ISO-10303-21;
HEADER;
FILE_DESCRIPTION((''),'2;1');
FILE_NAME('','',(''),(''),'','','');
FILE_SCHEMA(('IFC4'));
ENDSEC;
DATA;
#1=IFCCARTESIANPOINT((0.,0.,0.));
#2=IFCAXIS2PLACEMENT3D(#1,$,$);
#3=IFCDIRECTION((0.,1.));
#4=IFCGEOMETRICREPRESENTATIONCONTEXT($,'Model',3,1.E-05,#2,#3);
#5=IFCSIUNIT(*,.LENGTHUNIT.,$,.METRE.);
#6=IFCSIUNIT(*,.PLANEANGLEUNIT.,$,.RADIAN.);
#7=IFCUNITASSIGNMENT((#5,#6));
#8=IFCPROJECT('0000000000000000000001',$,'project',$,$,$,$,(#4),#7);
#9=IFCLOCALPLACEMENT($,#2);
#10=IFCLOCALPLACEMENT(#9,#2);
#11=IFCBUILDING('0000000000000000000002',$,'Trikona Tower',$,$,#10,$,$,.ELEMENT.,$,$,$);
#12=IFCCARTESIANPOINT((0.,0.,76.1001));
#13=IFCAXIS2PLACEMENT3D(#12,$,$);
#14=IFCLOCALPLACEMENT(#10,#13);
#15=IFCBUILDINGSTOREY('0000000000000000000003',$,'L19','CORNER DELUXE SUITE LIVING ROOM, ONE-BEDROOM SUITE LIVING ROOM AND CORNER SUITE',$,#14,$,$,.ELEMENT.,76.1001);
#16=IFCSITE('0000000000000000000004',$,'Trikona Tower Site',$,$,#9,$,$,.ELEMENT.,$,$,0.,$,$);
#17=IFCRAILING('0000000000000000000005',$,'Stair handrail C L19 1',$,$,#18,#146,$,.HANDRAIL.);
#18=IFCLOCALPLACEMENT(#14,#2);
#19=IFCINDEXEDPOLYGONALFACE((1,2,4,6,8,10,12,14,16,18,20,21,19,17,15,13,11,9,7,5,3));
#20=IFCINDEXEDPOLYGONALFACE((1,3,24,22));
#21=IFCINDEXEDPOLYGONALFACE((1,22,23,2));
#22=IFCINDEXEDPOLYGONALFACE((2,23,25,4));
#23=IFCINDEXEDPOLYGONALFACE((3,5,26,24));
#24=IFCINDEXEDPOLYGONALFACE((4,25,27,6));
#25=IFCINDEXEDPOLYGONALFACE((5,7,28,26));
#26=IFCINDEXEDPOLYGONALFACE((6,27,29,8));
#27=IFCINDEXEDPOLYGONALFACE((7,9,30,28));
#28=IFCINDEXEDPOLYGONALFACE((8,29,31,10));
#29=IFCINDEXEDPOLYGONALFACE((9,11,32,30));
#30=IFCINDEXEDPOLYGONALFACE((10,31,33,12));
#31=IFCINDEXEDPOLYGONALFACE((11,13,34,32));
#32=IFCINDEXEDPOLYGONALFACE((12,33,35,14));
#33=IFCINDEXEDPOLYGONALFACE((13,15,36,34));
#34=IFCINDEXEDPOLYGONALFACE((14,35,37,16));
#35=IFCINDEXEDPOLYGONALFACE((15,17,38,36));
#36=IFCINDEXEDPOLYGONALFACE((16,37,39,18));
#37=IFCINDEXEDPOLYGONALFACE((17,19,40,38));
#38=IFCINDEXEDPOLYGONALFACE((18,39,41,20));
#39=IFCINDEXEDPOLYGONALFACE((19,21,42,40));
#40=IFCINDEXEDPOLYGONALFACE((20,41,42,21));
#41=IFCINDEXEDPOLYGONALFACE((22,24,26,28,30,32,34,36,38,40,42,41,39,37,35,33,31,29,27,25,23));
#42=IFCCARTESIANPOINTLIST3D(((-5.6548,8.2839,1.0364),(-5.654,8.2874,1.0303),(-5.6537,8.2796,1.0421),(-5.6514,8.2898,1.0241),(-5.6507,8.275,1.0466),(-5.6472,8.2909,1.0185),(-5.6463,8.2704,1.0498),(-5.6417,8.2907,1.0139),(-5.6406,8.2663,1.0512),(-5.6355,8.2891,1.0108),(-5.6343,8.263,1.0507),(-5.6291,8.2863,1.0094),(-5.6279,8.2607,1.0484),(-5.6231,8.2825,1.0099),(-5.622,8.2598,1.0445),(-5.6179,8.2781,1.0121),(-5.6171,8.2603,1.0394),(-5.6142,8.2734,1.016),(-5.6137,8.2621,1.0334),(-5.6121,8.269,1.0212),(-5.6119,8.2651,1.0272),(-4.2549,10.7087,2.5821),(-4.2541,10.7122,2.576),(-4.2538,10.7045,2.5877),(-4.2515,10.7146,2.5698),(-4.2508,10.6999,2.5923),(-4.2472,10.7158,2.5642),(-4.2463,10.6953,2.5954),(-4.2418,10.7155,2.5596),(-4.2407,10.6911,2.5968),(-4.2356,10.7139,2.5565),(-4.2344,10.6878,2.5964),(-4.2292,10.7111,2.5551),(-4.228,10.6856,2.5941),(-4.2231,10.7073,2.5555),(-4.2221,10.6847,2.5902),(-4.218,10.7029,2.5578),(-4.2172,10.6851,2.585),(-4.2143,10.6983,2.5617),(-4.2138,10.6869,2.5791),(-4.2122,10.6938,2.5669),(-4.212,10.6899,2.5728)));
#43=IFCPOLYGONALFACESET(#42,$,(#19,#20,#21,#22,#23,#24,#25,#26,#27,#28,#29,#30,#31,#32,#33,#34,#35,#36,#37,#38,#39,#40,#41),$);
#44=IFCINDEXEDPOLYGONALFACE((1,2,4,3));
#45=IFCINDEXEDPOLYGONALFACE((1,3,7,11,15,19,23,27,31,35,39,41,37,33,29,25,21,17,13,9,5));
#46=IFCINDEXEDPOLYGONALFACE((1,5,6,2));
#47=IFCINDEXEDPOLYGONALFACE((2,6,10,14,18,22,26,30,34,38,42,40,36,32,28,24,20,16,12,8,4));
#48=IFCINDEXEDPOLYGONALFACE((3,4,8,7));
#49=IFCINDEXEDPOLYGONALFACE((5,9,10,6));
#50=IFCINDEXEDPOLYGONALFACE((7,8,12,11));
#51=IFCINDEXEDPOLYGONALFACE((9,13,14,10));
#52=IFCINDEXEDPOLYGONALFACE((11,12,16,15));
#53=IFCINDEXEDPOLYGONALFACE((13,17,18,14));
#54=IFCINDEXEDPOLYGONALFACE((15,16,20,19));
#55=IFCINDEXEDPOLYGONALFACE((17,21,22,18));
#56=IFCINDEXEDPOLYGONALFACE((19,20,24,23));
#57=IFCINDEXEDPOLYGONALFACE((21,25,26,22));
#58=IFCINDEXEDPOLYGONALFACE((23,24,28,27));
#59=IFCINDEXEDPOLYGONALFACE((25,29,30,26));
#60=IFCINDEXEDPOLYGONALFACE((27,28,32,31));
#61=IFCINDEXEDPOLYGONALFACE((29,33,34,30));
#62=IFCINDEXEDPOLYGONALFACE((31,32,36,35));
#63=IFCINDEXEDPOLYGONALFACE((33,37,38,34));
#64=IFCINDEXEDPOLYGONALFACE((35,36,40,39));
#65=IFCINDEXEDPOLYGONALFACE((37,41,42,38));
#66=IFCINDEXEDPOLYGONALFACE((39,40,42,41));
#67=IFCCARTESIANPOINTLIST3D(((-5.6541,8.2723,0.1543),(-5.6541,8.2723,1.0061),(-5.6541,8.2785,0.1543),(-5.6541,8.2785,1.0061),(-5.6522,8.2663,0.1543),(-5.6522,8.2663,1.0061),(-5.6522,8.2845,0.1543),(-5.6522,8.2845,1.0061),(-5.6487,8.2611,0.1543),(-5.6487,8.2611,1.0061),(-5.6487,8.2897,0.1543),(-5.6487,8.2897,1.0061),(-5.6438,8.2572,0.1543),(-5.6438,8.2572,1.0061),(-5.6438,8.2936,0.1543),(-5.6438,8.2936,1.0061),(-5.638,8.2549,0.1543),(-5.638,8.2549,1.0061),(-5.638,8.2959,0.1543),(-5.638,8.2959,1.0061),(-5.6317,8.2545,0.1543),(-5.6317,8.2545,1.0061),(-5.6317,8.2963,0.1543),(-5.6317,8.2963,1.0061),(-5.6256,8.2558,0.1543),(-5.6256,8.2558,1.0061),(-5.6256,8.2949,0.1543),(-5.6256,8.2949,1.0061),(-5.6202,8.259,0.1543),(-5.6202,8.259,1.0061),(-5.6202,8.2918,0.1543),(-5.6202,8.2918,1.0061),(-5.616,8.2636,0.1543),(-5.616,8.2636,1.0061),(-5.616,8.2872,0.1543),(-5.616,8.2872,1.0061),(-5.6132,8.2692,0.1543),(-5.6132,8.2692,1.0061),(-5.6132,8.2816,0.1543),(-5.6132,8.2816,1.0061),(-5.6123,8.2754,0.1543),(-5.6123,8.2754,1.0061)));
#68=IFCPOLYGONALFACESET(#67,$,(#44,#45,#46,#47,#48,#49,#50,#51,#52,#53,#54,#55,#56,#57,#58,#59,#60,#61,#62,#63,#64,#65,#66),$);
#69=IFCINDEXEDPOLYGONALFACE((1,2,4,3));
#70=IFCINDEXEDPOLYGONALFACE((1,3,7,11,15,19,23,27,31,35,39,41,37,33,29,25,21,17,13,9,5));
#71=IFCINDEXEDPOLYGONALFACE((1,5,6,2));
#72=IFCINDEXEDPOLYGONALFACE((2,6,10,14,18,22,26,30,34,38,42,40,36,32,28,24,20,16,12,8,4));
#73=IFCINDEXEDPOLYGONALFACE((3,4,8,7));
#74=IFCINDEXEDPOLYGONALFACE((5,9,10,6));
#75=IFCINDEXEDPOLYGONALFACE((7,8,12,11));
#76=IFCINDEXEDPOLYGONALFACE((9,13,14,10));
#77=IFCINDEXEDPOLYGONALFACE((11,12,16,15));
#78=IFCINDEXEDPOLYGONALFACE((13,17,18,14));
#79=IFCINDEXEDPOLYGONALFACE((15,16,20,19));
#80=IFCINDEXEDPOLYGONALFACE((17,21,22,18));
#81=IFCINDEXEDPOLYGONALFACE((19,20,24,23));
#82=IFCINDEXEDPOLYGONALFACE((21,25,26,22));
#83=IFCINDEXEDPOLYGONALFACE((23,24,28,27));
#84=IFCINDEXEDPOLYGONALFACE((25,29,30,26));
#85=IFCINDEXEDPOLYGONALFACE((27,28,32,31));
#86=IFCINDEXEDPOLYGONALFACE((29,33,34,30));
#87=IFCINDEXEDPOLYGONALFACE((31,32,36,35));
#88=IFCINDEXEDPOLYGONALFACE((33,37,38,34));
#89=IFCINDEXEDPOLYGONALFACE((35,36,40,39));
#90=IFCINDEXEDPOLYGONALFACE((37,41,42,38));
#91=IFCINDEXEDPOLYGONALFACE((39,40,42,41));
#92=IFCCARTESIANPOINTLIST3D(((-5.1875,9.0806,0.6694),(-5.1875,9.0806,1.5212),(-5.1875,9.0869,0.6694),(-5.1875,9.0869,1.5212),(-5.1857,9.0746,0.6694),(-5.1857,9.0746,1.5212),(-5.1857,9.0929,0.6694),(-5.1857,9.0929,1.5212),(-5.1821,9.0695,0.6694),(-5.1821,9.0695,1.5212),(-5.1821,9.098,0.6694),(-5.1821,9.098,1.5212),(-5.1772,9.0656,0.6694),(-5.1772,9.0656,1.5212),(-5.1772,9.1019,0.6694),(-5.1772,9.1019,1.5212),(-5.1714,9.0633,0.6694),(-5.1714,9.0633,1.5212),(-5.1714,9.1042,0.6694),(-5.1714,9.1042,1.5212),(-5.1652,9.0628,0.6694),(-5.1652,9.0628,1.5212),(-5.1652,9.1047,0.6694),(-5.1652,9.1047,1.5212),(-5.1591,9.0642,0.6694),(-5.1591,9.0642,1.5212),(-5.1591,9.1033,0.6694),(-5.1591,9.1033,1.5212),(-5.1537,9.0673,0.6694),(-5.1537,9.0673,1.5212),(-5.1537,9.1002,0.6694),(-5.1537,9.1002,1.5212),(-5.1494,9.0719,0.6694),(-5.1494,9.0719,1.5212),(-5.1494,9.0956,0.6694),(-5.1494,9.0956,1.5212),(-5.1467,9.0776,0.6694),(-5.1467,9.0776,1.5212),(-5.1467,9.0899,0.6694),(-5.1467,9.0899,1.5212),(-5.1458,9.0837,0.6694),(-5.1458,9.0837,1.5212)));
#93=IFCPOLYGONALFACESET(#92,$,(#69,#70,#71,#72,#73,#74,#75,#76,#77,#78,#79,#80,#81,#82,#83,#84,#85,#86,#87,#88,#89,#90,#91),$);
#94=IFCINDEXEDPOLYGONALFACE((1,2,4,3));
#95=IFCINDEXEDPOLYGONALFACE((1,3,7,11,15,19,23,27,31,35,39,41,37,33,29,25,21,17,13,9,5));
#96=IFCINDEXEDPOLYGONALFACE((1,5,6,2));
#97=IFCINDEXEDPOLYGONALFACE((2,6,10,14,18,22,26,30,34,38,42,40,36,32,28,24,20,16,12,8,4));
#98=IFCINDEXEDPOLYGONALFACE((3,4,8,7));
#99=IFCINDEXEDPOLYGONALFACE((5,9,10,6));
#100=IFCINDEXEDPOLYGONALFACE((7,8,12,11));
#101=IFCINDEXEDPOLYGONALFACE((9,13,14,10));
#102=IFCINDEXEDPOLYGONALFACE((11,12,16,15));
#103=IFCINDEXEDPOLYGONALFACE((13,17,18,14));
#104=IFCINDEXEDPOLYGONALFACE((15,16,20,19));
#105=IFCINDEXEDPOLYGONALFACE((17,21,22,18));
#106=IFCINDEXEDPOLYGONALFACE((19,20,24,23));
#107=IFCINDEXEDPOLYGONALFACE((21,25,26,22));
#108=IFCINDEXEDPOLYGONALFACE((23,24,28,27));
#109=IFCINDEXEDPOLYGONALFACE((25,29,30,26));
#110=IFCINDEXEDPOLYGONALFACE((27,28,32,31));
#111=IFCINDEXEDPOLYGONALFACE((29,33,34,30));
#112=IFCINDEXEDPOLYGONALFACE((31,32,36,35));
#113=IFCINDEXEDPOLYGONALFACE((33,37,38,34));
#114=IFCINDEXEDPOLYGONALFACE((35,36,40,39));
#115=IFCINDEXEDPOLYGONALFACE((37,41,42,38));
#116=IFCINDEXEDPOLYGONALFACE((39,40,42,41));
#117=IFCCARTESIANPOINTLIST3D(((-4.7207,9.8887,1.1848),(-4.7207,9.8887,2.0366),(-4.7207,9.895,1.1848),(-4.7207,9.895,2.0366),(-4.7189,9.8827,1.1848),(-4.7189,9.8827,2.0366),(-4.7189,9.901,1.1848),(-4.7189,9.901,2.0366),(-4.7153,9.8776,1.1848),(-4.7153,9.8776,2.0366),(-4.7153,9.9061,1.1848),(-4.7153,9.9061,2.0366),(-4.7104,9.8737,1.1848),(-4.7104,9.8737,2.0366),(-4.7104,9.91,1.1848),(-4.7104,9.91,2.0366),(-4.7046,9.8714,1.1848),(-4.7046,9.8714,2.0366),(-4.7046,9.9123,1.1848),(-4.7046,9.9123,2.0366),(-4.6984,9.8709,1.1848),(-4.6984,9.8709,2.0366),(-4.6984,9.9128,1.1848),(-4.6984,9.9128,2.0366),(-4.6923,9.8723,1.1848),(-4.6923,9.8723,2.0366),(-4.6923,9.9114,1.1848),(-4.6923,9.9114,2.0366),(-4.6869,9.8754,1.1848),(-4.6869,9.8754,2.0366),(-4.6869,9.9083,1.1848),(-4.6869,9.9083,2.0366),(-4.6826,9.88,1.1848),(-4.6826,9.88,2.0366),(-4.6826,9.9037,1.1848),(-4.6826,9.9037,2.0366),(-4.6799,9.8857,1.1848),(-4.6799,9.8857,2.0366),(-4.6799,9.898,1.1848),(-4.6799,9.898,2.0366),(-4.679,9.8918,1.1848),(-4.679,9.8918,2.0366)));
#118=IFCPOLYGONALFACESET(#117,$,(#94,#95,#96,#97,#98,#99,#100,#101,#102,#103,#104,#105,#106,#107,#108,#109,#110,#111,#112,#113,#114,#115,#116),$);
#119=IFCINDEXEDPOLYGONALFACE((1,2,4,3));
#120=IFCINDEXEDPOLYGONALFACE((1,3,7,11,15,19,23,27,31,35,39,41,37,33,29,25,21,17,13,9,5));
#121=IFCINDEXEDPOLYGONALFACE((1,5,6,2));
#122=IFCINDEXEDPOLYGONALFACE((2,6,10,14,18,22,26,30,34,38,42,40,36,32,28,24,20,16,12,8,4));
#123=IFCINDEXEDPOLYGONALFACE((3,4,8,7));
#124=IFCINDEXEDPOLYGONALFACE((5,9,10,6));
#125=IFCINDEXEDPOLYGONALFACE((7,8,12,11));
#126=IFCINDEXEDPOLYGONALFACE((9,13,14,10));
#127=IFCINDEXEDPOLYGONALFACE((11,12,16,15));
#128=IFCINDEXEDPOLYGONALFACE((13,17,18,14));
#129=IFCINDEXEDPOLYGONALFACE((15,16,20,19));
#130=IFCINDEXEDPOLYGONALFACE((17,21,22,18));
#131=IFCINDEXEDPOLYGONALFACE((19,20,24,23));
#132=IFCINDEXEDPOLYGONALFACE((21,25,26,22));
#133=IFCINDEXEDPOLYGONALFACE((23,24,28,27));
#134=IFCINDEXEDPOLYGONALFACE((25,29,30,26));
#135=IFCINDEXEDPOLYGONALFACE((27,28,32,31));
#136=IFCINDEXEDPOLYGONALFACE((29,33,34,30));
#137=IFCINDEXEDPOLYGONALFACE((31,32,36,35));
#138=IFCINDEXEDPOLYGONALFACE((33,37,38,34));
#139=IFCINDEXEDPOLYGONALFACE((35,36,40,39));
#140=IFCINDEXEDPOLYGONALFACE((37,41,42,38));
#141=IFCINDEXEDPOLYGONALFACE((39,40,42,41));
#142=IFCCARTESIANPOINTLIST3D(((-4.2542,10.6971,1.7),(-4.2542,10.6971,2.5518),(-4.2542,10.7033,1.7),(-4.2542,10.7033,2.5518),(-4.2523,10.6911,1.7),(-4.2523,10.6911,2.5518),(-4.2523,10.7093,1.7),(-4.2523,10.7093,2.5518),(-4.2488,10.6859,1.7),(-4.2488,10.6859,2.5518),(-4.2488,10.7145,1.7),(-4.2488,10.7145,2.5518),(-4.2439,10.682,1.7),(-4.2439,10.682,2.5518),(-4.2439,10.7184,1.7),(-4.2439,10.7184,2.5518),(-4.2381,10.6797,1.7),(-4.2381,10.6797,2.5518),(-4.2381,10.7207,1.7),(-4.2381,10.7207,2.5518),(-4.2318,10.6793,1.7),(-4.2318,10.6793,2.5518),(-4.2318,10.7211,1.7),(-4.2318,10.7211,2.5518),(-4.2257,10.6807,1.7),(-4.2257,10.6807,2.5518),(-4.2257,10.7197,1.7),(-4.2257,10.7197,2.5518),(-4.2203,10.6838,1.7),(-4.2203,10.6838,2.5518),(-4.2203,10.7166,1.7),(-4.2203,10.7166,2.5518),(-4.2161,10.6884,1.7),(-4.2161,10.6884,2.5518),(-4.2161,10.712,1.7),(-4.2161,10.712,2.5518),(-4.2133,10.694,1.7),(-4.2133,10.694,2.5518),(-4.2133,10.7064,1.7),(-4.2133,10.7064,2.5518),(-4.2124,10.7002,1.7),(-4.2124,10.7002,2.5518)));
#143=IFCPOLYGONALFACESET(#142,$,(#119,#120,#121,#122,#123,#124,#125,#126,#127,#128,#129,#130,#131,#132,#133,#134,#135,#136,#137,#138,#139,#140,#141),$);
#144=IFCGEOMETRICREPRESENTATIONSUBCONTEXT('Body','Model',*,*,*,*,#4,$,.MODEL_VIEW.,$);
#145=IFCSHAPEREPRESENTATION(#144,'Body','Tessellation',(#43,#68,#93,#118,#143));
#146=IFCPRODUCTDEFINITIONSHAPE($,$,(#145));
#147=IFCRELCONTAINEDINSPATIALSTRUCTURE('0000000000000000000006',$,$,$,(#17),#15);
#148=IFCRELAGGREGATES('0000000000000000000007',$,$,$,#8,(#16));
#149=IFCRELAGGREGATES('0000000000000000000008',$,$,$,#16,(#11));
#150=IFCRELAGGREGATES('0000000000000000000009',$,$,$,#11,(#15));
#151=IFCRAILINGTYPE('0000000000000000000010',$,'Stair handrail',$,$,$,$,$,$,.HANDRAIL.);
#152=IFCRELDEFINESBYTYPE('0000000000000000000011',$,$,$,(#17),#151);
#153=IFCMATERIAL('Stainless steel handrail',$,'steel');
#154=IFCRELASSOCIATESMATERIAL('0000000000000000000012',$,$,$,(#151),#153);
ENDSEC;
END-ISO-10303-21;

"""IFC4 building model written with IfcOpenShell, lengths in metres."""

from ifc_helpers import new_model, si_unit, direction, frame, origin, origin_2d, place, context, subcontext, project, spatial, circle, extrude, material, type_object, element, save


model = new_model("IFC4")

# Units and contexts
model_context = context("Model", 3, precision=1e-05, world=origin(), true_north=direction((0.0, 1.0)))
body_context = subcontext(model_context, "Body", "Model", "MODEL_VIEW")
ifc_project = project(units=[si_unit("LENGTHUNIT", "METRE"), si_unit("PLANEANGLEUNIT", "RADIAN")], contexts=[model_context])

# Site, building, storey
site_placement = place(None, origin())
site = spatial("IfcSite", under=ifc_project, at=site_placement, Name="Trikona Tower Site", CompositionType="ELEMENT", RefElevation=0.0)
building_placement = place(site_placement, origin())
building = spatial("IfcBuilding", under=site, at=building_placement, Name="Trikona Tower", CompositionType="ELEMENT")
storey_placement = place(building_placement, frame((0.0, 0.0, 76.1001)))
storey = spatial("IfcBuildingStorey", under=building, at=storey_placement, Name="L19", Description="CORNER DELUXE SUITE LIVING ROOM, ONE-BEDROOM SUITE LIVING ROOM AND CORNER SUITE", CompositionType="ELEMENT", Elevation=76.1001)

# Railing
ifc_material_1 = material(Name="Stainless steel handrail", Category="steel")
railing_type = type_object("IfcRailingType", Name="Stair handrail", PredefinedType="HANDRAIL", material=ifc_material_1)
railing_1_placement = place(storey_placement, frame((-5.6333, 8.2754, 0.1543)))
element("IfcRailing", 1, at=railing_1_placement, inside=storey, type_object=railing_type, Name="Stair handrail C L19 1", PredefinedType="HANDRAIL", context=body_context, shape_type="SweptSolid", body=[
    extrude(circle(Radius=0.0239, at=origin_2d()), frame((0.0, 0.0, 0.876), z_axis=(0.437716, 0.758179, 0.48329), x_axis=(-0.866035, 0.499984, 0.0)), (0.0, 0.0, 1.0), 3.1982),
    extrude(circle(Radius=0.021, at=origin_2d()), origin(), (0.0, 0.0, 1.0), 0.8518),
    extrude(circle(Radius=0.021, at=origin_2d()), frame((0.4666, 0.8083, 0.5151)), (0.0, 0.0, 1.0), 0.8518),
    extrude(circle(Radius=0.021, at=origin_2d()), frame((0.9333, 1.6165, 1.0305)), (0.0, 0.0, 1.0), 0.8518),
    extrude(circle(Radius=0.021, at=origin_2d()), frame((1.3999, 2.4248, 1.5457)), (0.0, 0.0, 1.0), 0.8518),
])

save(model, "model.ifc")
